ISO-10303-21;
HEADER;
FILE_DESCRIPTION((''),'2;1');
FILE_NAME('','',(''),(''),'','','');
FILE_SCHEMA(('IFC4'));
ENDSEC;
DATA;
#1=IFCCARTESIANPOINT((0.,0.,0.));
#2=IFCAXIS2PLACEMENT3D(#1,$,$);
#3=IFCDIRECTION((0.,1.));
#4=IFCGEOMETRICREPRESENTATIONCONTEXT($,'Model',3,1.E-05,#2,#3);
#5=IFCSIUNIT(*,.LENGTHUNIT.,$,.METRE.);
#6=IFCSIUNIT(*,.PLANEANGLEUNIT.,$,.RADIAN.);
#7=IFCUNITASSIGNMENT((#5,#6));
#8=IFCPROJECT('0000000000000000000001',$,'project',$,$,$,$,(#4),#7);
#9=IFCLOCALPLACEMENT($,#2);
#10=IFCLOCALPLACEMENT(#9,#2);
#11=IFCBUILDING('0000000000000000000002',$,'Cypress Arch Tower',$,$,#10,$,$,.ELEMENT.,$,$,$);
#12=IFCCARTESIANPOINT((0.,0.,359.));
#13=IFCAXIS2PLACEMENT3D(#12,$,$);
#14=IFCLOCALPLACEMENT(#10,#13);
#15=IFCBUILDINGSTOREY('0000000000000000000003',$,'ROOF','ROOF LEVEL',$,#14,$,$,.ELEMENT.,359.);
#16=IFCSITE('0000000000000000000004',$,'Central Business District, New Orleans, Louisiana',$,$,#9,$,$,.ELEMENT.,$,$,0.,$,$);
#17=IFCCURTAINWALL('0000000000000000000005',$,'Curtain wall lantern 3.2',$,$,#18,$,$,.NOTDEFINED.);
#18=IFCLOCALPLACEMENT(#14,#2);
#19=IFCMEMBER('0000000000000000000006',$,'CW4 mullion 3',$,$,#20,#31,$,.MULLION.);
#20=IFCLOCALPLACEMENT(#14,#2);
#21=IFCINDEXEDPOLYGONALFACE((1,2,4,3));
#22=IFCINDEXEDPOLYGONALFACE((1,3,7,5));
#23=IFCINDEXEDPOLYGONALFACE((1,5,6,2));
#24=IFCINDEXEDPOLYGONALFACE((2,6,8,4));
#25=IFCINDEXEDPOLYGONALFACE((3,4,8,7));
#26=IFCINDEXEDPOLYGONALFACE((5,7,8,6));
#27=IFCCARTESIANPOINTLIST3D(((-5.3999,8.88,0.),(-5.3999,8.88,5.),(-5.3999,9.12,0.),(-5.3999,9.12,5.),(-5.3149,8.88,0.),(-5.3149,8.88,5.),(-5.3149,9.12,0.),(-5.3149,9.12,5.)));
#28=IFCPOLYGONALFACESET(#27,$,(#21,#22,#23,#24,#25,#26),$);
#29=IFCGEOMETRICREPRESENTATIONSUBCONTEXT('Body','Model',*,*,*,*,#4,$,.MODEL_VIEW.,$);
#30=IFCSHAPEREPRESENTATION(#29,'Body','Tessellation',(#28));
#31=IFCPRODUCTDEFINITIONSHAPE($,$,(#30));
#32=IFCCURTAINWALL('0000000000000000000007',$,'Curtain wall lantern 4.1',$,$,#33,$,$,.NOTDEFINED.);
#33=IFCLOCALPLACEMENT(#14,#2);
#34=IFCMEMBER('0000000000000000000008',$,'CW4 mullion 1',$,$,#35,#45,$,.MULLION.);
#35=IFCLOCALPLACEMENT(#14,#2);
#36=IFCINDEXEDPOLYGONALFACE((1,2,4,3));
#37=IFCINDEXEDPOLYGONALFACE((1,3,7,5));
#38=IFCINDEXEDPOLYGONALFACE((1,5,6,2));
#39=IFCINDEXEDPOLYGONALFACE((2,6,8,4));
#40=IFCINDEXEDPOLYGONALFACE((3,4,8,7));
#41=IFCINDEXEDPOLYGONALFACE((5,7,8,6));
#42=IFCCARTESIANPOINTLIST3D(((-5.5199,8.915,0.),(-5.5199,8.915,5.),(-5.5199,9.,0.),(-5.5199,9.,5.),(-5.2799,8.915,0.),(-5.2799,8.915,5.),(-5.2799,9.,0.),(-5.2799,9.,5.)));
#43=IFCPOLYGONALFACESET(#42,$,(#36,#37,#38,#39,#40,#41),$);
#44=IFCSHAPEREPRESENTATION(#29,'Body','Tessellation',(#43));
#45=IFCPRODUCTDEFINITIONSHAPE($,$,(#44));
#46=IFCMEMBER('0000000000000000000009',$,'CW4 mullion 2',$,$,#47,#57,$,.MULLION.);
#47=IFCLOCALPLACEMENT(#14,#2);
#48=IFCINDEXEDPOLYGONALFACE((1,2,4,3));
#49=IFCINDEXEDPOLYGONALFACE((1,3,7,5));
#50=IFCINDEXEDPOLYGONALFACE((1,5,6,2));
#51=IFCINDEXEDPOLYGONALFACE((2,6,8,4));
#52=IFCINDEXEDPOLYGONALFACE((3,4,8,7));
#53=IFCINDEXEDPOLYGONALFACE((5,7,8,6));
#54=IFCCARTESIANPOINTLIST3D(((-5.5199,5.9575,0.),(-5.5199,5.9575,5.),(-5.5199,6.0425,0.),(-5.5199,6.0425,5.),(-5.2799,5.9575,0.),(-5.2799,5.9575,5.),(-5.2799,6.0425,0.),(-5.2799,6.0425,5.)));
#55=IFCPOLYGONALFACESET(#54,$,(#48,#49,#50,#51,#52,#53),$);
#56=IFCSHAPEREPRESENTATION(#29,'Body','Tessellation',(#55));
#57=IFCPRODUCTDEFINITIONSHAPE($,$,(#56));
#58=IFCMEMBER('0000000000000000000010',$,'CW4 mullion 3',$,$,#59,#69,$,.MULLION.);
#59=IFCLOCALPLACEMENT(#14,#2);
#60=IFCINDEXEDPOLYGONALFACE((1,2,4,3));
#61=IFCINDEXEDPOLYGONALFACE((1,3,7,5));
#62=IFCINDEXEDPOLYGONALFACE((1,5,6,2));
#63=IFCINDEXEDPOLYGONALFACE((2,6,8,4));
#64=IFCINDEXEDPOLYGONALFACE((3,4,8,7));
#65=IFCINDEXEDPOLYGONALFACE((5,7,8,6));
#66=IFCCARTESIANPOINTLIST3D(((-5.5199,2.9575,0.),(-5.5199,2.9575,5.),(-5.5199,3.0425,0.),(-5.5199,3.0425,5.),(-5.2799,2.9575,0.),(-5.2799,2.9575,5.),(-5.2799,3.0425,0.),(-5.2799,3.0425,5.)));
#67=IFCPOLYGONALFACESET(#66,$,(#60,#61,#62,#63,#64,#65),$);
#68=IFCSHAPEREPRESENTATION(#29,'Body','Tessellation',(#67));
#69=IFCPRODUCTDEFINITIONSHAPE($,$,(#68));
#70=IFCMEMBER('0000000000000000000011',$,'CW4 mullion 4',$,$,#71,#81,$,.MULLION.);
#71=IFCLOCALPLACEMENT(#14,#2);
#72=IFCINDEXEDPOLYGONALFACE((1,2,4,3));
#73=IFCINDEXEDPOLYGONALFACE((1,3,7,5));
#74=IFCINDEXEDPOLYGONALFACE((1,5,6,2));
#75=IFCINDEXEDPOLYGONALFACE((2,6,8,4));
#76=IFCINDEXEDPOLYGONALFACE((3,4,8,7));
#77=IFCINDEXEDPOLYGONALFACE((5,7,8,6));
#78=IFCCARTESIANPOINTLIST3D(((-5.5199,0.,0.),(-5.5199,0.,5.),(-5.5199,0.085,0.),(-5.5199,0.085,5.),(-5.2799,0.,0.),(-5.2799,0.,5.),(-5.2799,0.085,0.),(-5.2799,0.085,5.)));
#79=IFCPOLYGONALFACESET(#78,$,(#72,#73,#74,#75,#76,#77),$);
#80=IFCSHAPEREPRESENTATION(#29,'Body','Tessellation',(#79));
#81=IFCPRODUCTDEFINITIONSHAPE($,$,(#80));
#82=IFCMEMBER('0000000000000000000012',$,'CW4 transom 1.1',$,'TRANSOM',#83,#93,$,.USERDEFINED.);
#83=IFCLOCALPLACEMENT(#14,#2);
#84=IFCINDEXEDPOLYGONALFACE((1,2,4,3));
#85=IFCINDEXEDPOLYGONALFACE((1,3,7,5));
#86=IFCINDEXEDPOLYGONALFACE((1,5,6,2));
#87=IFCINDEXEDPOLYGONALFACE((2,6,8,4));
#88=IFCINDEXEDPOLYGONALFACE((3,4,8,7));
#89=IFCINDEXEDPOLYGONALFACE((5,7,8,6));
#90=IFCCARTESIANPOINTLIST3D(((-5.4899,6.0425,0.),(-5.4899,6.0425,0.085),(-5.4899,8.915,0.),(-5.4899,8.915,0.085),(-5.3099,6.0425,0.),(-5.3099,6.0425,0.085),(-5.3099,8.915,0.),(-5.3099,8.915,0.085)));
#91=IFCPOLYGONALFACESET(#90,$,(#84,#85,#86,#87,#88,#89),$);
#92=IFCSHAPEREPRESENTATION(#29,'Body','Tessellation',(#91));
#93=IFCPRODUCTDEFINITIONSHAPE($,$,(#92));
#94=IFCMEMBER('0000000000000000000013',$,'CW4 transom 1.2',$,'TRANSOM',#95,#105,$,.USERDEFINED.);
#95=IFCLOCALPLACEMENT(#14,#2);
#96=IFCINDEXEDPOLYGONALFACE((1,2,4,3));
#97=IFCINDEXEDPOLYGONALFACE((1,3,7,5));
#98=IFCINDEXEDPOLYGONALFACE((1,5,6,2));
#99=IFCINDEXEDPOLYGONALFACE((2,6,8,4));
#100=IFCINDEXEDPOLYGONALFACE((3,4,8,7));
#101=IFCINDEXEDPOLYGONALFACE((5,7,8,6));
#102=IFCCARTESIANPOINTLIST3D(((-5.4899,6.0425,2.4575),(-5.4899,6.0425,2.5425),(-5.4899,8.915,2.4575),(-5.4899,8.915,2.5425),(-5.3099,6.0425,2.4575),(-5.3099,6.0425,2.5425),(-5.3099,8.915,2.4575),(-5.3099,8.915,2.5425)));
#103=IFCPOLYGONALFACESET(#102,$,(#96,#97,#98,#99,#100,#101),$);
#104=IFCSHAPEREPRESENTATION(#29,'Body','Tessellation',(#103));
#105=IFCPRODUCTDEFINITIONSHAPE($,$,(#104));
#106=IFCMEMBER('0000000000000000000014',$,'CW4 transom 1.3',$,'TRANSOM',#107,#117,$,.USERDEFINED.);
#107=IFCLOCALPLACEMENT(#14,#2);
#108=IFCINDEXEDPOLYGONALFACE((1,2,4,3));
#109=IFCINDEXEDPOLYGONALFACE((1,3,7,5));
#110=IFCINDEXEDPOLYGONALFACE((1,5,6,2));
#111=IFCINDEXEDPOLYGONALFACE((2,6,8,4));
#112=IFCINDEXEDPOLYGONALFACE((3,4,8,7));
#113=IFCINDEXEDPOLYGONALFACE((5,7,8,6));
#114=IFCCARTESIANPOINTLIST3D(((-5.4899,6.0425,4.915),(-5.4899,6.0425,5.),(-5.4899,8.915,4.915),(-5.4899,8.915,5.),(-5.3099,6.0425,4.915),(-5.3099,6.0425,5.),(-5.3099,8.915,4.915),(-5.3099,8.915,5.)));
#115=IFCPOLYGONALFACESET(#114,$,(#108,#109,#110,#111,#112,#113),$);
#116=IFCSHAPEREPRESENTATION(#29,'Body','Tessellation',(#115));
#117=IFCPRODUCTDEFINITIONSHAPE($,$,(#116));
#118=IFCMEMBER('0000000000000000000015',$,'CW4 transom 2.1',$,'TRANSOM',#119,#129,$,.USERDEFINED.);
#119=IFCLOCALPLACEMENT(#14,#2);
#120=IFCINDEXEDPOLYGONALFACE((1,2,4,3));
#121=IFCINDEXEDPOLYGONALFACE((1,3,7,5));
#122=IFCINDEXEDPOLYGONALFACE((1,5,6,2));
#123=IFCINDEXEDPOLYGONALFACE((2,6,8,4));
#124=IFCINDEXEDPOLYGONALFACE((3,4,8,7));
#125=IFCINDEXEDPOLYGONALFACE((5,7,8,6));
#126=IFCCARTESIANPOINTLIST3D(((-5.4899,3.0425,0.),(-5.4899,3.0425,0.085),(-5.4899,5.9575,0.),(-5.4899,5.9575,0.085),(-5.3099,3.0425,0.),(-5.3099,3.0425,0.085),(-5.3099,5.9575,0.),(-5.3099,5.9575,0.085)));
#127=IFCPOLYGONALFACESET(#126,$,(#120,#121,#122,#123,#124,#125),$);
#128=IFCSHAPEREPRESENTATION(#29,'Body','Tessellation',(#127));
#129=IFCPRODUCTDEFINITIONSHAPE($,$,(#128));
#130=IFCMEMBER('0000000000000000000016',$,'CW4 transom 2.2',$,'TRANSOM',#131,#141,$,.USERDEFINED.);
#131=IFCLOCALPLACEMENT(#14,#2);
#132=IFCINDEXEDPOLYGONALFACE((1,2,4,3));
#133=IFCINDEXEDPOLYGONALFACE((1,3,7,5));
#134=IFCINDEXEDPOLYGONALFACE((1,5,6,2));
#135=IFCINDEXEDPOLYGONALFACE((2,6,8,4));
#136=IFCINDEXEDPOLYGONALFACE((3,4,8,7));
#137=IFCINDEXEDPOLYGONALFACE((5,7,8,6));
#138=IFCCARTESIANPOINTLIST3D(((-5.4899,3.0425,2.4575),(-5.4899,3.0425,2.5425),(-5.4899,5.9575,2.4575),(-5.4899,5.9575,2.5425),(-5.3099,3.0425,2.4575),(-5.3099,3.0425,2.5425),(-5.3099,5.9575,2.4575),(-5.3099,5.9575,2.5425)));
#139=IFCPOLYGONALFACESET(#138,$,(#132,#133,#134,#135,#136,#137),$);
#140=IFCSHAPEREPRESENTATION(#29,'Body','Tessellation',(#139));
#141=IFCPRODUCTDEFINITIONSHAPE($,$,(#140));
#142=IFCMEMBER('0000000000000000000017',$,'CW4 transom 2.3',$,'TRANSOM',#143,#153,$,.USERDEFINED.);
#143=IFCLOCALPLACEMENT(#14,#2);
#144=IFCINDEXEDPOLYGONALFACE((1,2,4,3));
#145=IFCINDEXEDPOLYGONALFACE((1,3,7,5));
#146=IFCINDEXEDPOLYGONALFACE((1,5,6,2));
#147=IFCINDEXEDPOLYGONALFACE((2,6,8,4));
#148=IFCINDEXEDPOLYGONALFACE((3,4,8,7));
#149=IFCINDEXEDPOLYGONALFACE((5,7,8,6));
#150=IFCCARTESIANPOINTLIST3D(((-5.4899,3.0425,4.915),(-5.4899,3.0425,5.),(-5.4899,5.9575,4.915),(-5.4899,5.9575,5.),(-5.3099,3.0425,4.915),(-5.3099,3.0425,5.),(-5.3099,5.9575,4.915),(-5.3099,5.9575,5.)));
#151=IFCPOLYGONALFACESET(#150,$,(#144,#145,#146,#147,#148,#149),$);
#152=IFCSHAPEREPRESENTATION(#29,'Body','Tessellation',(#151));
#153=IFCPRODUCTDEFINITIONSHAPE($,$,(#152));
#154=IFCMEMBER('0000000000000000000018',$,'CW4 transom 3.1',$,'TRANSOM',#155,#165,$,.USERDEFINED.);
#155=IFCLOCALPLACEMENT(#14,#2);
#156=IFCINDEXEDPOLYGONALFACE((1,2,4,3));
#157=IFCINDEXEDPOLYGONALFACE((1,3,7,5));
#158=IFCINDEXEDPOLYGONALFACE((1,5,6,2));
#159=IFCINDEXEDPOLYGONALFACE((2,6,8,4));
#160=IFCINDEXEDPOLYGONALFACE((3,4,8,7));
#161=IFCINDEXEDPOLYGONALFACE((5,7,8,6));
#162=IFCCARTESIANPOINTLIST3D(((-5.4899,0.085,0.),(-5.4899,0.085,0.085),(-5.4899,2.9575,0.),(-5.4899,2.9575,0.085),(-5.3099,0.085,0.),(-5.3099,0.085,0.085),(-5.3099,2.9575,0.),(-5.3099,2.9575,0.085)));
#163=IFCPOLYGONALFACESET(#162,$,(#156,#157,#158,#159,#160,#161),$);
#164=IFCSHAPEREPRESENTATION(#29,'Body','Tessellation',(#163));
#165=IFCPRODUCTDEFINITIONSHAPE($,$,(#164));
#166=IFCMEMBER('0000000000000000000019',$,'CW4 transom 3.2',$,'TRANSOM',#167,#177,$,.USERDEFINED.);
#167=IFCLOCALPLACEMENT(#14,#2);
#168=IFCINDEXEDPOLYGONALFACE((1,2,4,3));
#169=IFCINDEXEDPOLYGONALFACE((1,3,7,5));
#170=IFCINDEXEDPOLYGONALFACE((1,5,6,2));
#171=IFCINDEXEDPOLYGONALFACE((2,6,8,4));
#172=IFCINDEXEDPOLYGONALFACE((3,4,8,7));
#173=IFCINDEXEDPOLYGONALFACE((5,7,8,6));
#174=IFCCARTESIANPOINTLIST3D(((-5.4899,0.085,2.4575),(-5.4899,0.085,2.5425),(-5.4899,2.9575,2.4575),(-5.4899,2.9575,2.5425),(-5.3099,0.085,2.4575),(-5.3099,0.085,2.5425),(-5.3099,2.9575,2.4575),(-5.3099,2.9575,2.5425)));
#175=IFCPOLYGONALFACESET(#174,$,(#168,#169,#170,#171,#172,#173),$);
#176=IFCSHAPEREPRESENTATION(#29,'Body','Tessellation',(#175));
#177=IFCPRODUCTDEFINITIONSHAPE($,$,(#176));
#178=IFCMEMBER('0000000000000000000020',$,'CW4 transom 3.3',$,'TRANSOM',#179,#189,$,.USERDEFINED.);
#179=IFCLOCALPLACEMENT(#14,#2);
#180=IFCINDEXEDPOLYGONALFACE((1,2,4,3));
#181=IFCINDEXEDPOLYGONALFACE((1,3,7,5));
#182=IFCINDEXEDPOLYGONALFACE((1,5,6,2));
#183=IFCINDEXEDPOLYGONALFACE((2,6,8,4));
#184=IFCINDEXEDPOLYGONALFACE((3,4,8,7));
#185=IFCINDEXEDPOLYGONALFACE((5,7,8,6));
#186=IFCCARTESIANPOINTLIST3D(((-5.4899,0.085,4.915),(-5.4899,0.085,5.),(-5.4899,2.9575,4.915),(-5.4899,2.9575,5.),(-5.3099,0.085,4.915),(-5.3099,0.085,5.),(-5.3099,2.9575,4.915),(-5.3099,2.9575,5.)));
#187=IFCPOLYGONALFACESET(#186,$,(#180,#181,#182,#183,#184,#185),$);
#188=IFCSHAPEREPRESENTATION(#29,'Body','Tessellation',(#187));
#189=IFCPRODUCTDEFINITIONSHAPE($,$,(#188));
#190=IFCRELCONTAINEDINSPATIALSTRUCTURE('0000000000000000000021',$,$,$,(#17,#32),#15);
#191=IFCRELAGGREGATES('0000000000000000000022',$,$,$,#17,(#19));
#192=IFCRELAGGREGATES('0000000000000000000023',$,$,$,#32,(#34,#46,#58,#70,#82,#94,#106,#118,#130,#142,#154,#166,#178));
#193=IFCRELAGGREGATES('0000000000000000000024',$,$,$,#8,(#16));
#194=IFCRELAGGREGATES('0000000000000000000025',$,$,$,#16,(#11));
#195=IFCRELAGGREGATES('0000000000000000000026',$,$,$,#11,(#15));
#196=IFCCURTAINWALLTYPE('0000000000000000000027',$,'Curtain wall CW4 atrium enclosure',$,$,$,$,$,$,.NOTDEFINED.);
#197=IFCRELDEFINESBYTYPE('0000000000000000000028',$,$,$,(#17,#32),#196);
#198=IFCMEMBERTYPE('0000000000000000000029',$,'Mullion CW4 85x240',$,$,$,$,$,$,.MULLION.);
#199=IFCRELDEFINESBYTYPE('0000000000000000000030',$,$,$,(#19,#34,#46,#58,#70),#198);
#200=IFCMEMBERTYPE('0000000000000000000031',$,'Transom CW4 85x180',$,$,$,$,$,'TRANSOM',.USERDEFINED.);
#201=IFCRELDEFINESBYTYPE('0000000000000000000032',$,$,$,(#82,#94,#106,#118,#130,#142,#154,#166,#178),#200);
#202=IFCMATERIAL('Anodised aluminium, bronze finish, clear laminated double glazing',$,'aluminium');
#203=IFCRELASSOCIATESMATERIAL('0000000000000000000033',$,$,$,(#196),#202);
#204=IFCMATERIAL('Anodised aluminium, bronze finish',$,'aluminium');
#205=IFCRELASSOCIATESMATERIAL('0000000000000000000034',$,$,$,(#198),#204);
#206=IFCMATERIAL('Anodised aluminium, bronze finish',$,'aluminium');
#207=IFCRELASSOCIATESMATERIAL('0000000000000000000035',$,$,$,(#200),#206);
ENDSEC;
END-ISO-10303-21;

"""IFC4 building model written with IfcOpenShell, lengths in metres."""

from ifc_helpers import new_model, si_unit, direction, frame, origin, origin_2d, place, context, subcontext, project, spatial, rectangle, extrude, material, material_profile, profile_set, type_object, element, aggregate, save


model = new_model("IFC4")

# Units and contexts
model_context = context("Model", 3, precision=1e-05, world=origin(), true_north=direction((0.0, 1.0)))
body_context = subcontext(model_context, "Body", "Model", "MODEL_VIEW")
ifc_project = project(units=[si_unit("LENGTHUNIT", "METRE"), si_unit("PLANEANGLEUNIT", "RADIAN")], contexts=[model_context])

# Site, building, storey
site_placement = place(None, origin())
site = spatial("IfcSite", under=ifc_project, at=site_placement, Name="Central Business District, New Orleans, Louisiana", CompositionType="ELEMENT", RefElevation=0.0)
building_placement = place(site_placement, origin())
building = spatial("IfcBuilding", under=site, at=building_placement, Name="Cypress Arch Tower", CompositionType="ELEMENT")
storey_placement = place(building_placement, frame((0.0, 0.0, 359.0)))
storey = spatial("IfcBuildingStorey", under=building, at=storey_placement, Name="ROOF", Description="ROOF LEVEL", CompositionType="ELEMENT", Elevation=359.0)

# Curtain wall, member
ifc_material_1 = material(Name="Anodised aluminium, bronze finish, clear laminated double glazing", Category="aluminium")
curtain_wall_type = type_object("IfcCurtainWallType", Name="Curtain wall CW4 atrium enclosure", PredefinedType="NOTDEFINED", material=ifc_material_1)
curtain_wall_1_placement = place(storey_placement, origin())
curtain_wall_1 = element("IfcCurtainWall", 1, at=curtain_wall_1_placement, inside=storey, type_object=curtain_wall_type, Name="Curtain wall lantern 3.2", PredefinedType="NOTDEFINED")
ifc_material_2 = material(Name="Anodised aluminium, bronze finish", Category="aluminium")
ifc_material_profile_1 = material_profile(ifc_material_2, rectangle(XDim=0.24, YDim=0.085, at=origin_2d()), Name="Mullion 85x240")
ifc_profile_set_1 = profile_set([ifc_material_profile_1], Name="Anodised aluminium, bronze finish")
member_type_1 = type_object("IfcMemberType", Name="Mullion CW4 85x240", PredefinedType="MULLION", material=ifc_profile_set_1)
member_1_placement = place(storey_placement, frame((-5.3574, 9.0, 0.0), z_axis=(0.0, 0.0, 1.0), x_axis=(0.0, -1.0, 0.0)))
member_1 = element("IfcMember", 2, at=member_1_placement, type_object=member_type_1, Name="CW4 mullion 3", PredefinedType="MULLION", context=body_context, shape_type="SweptSolid", body=[
    extrude(rectangle(XDim=0.24, YDim=0.085, at=origin_2d()), origin(), (0.0, 0.0, 1.0), 5.0),
])

# Curtain wall, members
curtain_wall_2_placement = place(storey_placement, origin())
curtain_wall_2 = element("IfcCurtainWall", 3, at=curtain_wall_2_placement, inside=storey, type_object=curtain_wall_type, Name="Curtain wall lantern 4.1", PredefinedType="NOTDEFINED")
member_2_placement = place(storey_placement, frame((-5.3999, 8.9575, 0.0), z_axis=(0.0, 0.0, 1.0), x_axis=(1.0, 0.0, 0.0)))
member_2 = element("IfcMember", 4, at=member_2_placement, type_object=member_type_1, Name="CW4 mullion 1", PredefinedType="MULLION", context=body_context, shape_type="SweptSolid", body=[
    extrude(rectangle(XDim=0.24, YDim=0.085, at=origin_2d()), origin(), (0.0, 0.0, 1.0), 5.0),
])
member_3_placement = place(storey_placement, frame((-5.3999, 6.0, 0.0), z_axis=(0.0, 0.0, 1.0), x_axis=(1.0, 0.0, 0.0)))
member_3 = element("IfcMember", 5, at=member_3_placement, type_object=member_type_1, Name="CW4 mullion 2", PredefinedType="MULLION", context=body_context, shape_type="SweptSolid", body=[
    extrude(rectangle(XDim=0.24, YDim=0.085, at=origin_2d()), origin(), (0.0, 0.0, 1.0), 5.0),
])
member_4_placement = place(storey_placement, frame((-5.3999, 3.0, 0.0), z_axis=(0.0, 0.0, 1.0), x_axis=(1.0, 0.0, 0.0)))
member_4 = element("IfcMember", 6, at=member_4_placement, type_object=member_type_1, Name="CW4 mullion 3", PredefinedType="MULLION", context=body_context, shape_type="SweptSolid", body=[
    extrude(rectangle(XDim=0.24, YDim=0.085, at=origin_2d()), origin(), (0.0, 0.0, 1.0), 5.0),
])
member_5_placement = place(storey_placement, frame((-5.3999, 0.0425, 0.0), z_axis=(0.0, 0.0, 1.0), x_axis=(1.0, 0.0, 0.0)))
member_5 = element("IfcMember", 7, at=member_5_placement, type_object=member_type_1, Name="CW4 mullion 4", PredefinedType="MULLION", context=body_context, shape_type="SweptSolid", body=[
    extrude(rectangle(XDim=0.24, YDim=0.085, at=origin_2d()), origin(), (0.0, 0.0, 1.0), 5.0),
])
ifc_material_3 = material(Name="Anodised aluminium, bronze finish", Category="aluminium")
ifc_material_profile_2 = material_profile(ifc_material_3, rectangle(XDim=0.1799, YDim=0.085, at=origin_2d()), Name="Transom 85x180")
ifc_profile_set_2 = profile_set([ifc_material_profile_2], Name="Anodised aluminium, bronze finish")
member_type_2 = type_object("IfcMemberType", Name="Transom CW4 85x180", ElementType="TRANSOM", PredefinedType="USERDEFINED", material=ifc_profile_set_2)
member_6_placement = place(storey_placement, frame((-5.3999, 8.915, 0.0425), z_axis=(0.0, -1.0, 0.0), x_axis=(1.0, 0.0, 0.0)))
member_6 = element("IfcMember", 8, at=member_6_placement, type_object=member_type_2, Name="CW4 transom 1.1", ObjectType="TRANSOM", PredefinedType="USERDEFINED", context=body_context, shape_type="SweptSolid", body=[
    extrude(rectangle(XDim=0.1799, YDim=0.085, at=origin_2d()), origin(), (0.0, 0.0, 1.0), 2.8726),
])
member_7_placement = place(storey_placement, frame((-5.3999, 8.915, 2.5), z_axis=(0.0, -1.0, 0.0), x_axis=(1.0, 0.0, 0.0)))
member_7 = element("IfcMember", 9, at=member_7_placement, type_object=member_type_2, Name="CW4 transom 1.2", ObjectType="TRANSOM", PredefinedType="USERDEFINED", context=body_context, shape_type="SweptSolid", body=[
    extrude(rectangle(XDim=0.1799, YDim=0.085, at=origin_2d()), origin(), (0.0, 0.0, 1.0), 2.8726),
])
member_8_placement = place(storey_placement, frame((-5.3999, 8.915, 4.9575), z_axis=(0.0, -1.0, 0.0), x_axis=(1.0, 0.0, 0.0)))
member_8 = element("IfcMember", 10, at=member_8_placement, type_object=member_type_2, Name="CW4 transom 1.3", ObjectType="TRANSOM", PredefinedType="USERDEFINED", context=body_context, shape_type="SweptSolid", body=[
    extrude(rectangle(XDim=0.1799, YDim=0.085, at=origin_2d()), origin(), (0.0, 0.0, 1.0), 2.8726),
])
member_9_placement = place(storey_placement, frame((-5.3999, 5.9575, 0.0425), z_axis=(0.0, -1.0, 0.0), x_axis=(1.0, 0.0, 0.0)))
member_9 = element("IfcMember", 11, at=member_9_placement, type_object=member_type_2, Name="CW4 transom 2.1", ObjectType="TRANSOM", PredefinedType="USERDEFINED", context=body_context, shape_type="SweptSolid", body=[
    extrude(rectangle(XDim=0.1799, YDim=0.085, at=origin_2d()), origin(), (0.0, 0.0, 1.0), 2.915),
])
member_10_placement = place(storey_placement, frame((-5.3999, 5.9575, 2.5), z_axis=(0.0, -1.0, 0.0), x_axis=(1.0, 0.0, 0.0)))
member_10 = element("IfcMember", 12, at=member_10_placement, type_object=member_type_2, Name="CW4 transom 2.2", ObjectType="TRANSOM", PredefinedType="USERDEFINED", context=body_context, shape_type="SweptSolid", body=[
    extrude(rectangle(XDim=0.1799, YDim=0.085, at=origin_2d()), origin(), (0.0, 0.0, 1.0), 2.915),
])
member_11_placement = place(storey_placement, frame((-5.3999, 5.9575, 4.9575), z_axis=(0.0, -1.0, 0.0), x_axis=(1.0, 0.0, 0.0)))
member_11 = element("IfcMember", 13, at=member_11_placement, type_object=member_type_2, Name="CW4 transom 2.3", ObjectType="TRANSOM", PredefinedType="USERDEFINED", context=body_context, shape_type="SweptSolid", body=[
    extrude(rectangle(XDim=0.1799, YDim=0.085, at=origin_2d()), origin(), (0.0, 0.0, 1.0), 2.915),
])
member_12_placement = place(storey_placement, frame((-5.3999, 2.9575, 0.0425), z_axis=(0.0, -1.0, 0.0), x_axis=(1.0, 0.0, 0.0)))
member_12 = element("IfcMember", 14, at=member_12_placement, type_object=member_type_2, Name="CW4 transom 3.1", ObjectType="TRANSOM", PredefinedType="USERDEFINED", context=body_context, shape_type="SweptSolid", body=[
    extrude(rectangle(XDim=0.1799, YDim=0.085, at=origin_2d()), origin(), (0.0, 0.0, 1.0), 2.8726),
])
member_13_placement = place(storey_placement, frame((-5.3999, 2.9575, 2.5), z_axis=(0.0, -1.0, 0.0), x_axis=(1.0, 0.0, 0.0)))
member_13 = element("IfcMember", 15, at=member_13_placement, type_object=member_type_2, Name="CW4 transom 3.2", ObjectType="TRANSOM", PredefinedType="USERDEFINED", context=body_context, shape_type="SweptSolid", body=[
    extrude(rectangle(XDim=0.1799, YDim=0.085, at=origin_2d()), origin(), (0.0, 0.0, 1.0), 2.8726),
])
member_14_placement = place(storey_placement, frame((-5.3999, 2.9575, 4.9575), z_axis=(0.0, -1.0, 0.0), x_axis=(1.0, 0.0, 0.0)))
member_14 = element("IfcMember", 16, at=member_14_placement, type_object=member_type_2, Name="CW4 transom 3.3", ObjectType="TRANSOM", PredefinedType="USERDEFINED", context=body_context, shape_type="SweptSolid", body=[
    extrude(rectangle(XDim=0.1799, YDim=0.085, at=origin_2d()), origin(), (0.0, 0.0, 1.0), 2.8726),
])

aggregate(curtain_wall_1, [member_1])
aggregate(curtain_wall_2, [member_2, member_3, member_4, member_5, member_6, member_7, member_8, member_9, member_10, member_11, member_12, member_13, member_14])

save(model, "model.ifc")
